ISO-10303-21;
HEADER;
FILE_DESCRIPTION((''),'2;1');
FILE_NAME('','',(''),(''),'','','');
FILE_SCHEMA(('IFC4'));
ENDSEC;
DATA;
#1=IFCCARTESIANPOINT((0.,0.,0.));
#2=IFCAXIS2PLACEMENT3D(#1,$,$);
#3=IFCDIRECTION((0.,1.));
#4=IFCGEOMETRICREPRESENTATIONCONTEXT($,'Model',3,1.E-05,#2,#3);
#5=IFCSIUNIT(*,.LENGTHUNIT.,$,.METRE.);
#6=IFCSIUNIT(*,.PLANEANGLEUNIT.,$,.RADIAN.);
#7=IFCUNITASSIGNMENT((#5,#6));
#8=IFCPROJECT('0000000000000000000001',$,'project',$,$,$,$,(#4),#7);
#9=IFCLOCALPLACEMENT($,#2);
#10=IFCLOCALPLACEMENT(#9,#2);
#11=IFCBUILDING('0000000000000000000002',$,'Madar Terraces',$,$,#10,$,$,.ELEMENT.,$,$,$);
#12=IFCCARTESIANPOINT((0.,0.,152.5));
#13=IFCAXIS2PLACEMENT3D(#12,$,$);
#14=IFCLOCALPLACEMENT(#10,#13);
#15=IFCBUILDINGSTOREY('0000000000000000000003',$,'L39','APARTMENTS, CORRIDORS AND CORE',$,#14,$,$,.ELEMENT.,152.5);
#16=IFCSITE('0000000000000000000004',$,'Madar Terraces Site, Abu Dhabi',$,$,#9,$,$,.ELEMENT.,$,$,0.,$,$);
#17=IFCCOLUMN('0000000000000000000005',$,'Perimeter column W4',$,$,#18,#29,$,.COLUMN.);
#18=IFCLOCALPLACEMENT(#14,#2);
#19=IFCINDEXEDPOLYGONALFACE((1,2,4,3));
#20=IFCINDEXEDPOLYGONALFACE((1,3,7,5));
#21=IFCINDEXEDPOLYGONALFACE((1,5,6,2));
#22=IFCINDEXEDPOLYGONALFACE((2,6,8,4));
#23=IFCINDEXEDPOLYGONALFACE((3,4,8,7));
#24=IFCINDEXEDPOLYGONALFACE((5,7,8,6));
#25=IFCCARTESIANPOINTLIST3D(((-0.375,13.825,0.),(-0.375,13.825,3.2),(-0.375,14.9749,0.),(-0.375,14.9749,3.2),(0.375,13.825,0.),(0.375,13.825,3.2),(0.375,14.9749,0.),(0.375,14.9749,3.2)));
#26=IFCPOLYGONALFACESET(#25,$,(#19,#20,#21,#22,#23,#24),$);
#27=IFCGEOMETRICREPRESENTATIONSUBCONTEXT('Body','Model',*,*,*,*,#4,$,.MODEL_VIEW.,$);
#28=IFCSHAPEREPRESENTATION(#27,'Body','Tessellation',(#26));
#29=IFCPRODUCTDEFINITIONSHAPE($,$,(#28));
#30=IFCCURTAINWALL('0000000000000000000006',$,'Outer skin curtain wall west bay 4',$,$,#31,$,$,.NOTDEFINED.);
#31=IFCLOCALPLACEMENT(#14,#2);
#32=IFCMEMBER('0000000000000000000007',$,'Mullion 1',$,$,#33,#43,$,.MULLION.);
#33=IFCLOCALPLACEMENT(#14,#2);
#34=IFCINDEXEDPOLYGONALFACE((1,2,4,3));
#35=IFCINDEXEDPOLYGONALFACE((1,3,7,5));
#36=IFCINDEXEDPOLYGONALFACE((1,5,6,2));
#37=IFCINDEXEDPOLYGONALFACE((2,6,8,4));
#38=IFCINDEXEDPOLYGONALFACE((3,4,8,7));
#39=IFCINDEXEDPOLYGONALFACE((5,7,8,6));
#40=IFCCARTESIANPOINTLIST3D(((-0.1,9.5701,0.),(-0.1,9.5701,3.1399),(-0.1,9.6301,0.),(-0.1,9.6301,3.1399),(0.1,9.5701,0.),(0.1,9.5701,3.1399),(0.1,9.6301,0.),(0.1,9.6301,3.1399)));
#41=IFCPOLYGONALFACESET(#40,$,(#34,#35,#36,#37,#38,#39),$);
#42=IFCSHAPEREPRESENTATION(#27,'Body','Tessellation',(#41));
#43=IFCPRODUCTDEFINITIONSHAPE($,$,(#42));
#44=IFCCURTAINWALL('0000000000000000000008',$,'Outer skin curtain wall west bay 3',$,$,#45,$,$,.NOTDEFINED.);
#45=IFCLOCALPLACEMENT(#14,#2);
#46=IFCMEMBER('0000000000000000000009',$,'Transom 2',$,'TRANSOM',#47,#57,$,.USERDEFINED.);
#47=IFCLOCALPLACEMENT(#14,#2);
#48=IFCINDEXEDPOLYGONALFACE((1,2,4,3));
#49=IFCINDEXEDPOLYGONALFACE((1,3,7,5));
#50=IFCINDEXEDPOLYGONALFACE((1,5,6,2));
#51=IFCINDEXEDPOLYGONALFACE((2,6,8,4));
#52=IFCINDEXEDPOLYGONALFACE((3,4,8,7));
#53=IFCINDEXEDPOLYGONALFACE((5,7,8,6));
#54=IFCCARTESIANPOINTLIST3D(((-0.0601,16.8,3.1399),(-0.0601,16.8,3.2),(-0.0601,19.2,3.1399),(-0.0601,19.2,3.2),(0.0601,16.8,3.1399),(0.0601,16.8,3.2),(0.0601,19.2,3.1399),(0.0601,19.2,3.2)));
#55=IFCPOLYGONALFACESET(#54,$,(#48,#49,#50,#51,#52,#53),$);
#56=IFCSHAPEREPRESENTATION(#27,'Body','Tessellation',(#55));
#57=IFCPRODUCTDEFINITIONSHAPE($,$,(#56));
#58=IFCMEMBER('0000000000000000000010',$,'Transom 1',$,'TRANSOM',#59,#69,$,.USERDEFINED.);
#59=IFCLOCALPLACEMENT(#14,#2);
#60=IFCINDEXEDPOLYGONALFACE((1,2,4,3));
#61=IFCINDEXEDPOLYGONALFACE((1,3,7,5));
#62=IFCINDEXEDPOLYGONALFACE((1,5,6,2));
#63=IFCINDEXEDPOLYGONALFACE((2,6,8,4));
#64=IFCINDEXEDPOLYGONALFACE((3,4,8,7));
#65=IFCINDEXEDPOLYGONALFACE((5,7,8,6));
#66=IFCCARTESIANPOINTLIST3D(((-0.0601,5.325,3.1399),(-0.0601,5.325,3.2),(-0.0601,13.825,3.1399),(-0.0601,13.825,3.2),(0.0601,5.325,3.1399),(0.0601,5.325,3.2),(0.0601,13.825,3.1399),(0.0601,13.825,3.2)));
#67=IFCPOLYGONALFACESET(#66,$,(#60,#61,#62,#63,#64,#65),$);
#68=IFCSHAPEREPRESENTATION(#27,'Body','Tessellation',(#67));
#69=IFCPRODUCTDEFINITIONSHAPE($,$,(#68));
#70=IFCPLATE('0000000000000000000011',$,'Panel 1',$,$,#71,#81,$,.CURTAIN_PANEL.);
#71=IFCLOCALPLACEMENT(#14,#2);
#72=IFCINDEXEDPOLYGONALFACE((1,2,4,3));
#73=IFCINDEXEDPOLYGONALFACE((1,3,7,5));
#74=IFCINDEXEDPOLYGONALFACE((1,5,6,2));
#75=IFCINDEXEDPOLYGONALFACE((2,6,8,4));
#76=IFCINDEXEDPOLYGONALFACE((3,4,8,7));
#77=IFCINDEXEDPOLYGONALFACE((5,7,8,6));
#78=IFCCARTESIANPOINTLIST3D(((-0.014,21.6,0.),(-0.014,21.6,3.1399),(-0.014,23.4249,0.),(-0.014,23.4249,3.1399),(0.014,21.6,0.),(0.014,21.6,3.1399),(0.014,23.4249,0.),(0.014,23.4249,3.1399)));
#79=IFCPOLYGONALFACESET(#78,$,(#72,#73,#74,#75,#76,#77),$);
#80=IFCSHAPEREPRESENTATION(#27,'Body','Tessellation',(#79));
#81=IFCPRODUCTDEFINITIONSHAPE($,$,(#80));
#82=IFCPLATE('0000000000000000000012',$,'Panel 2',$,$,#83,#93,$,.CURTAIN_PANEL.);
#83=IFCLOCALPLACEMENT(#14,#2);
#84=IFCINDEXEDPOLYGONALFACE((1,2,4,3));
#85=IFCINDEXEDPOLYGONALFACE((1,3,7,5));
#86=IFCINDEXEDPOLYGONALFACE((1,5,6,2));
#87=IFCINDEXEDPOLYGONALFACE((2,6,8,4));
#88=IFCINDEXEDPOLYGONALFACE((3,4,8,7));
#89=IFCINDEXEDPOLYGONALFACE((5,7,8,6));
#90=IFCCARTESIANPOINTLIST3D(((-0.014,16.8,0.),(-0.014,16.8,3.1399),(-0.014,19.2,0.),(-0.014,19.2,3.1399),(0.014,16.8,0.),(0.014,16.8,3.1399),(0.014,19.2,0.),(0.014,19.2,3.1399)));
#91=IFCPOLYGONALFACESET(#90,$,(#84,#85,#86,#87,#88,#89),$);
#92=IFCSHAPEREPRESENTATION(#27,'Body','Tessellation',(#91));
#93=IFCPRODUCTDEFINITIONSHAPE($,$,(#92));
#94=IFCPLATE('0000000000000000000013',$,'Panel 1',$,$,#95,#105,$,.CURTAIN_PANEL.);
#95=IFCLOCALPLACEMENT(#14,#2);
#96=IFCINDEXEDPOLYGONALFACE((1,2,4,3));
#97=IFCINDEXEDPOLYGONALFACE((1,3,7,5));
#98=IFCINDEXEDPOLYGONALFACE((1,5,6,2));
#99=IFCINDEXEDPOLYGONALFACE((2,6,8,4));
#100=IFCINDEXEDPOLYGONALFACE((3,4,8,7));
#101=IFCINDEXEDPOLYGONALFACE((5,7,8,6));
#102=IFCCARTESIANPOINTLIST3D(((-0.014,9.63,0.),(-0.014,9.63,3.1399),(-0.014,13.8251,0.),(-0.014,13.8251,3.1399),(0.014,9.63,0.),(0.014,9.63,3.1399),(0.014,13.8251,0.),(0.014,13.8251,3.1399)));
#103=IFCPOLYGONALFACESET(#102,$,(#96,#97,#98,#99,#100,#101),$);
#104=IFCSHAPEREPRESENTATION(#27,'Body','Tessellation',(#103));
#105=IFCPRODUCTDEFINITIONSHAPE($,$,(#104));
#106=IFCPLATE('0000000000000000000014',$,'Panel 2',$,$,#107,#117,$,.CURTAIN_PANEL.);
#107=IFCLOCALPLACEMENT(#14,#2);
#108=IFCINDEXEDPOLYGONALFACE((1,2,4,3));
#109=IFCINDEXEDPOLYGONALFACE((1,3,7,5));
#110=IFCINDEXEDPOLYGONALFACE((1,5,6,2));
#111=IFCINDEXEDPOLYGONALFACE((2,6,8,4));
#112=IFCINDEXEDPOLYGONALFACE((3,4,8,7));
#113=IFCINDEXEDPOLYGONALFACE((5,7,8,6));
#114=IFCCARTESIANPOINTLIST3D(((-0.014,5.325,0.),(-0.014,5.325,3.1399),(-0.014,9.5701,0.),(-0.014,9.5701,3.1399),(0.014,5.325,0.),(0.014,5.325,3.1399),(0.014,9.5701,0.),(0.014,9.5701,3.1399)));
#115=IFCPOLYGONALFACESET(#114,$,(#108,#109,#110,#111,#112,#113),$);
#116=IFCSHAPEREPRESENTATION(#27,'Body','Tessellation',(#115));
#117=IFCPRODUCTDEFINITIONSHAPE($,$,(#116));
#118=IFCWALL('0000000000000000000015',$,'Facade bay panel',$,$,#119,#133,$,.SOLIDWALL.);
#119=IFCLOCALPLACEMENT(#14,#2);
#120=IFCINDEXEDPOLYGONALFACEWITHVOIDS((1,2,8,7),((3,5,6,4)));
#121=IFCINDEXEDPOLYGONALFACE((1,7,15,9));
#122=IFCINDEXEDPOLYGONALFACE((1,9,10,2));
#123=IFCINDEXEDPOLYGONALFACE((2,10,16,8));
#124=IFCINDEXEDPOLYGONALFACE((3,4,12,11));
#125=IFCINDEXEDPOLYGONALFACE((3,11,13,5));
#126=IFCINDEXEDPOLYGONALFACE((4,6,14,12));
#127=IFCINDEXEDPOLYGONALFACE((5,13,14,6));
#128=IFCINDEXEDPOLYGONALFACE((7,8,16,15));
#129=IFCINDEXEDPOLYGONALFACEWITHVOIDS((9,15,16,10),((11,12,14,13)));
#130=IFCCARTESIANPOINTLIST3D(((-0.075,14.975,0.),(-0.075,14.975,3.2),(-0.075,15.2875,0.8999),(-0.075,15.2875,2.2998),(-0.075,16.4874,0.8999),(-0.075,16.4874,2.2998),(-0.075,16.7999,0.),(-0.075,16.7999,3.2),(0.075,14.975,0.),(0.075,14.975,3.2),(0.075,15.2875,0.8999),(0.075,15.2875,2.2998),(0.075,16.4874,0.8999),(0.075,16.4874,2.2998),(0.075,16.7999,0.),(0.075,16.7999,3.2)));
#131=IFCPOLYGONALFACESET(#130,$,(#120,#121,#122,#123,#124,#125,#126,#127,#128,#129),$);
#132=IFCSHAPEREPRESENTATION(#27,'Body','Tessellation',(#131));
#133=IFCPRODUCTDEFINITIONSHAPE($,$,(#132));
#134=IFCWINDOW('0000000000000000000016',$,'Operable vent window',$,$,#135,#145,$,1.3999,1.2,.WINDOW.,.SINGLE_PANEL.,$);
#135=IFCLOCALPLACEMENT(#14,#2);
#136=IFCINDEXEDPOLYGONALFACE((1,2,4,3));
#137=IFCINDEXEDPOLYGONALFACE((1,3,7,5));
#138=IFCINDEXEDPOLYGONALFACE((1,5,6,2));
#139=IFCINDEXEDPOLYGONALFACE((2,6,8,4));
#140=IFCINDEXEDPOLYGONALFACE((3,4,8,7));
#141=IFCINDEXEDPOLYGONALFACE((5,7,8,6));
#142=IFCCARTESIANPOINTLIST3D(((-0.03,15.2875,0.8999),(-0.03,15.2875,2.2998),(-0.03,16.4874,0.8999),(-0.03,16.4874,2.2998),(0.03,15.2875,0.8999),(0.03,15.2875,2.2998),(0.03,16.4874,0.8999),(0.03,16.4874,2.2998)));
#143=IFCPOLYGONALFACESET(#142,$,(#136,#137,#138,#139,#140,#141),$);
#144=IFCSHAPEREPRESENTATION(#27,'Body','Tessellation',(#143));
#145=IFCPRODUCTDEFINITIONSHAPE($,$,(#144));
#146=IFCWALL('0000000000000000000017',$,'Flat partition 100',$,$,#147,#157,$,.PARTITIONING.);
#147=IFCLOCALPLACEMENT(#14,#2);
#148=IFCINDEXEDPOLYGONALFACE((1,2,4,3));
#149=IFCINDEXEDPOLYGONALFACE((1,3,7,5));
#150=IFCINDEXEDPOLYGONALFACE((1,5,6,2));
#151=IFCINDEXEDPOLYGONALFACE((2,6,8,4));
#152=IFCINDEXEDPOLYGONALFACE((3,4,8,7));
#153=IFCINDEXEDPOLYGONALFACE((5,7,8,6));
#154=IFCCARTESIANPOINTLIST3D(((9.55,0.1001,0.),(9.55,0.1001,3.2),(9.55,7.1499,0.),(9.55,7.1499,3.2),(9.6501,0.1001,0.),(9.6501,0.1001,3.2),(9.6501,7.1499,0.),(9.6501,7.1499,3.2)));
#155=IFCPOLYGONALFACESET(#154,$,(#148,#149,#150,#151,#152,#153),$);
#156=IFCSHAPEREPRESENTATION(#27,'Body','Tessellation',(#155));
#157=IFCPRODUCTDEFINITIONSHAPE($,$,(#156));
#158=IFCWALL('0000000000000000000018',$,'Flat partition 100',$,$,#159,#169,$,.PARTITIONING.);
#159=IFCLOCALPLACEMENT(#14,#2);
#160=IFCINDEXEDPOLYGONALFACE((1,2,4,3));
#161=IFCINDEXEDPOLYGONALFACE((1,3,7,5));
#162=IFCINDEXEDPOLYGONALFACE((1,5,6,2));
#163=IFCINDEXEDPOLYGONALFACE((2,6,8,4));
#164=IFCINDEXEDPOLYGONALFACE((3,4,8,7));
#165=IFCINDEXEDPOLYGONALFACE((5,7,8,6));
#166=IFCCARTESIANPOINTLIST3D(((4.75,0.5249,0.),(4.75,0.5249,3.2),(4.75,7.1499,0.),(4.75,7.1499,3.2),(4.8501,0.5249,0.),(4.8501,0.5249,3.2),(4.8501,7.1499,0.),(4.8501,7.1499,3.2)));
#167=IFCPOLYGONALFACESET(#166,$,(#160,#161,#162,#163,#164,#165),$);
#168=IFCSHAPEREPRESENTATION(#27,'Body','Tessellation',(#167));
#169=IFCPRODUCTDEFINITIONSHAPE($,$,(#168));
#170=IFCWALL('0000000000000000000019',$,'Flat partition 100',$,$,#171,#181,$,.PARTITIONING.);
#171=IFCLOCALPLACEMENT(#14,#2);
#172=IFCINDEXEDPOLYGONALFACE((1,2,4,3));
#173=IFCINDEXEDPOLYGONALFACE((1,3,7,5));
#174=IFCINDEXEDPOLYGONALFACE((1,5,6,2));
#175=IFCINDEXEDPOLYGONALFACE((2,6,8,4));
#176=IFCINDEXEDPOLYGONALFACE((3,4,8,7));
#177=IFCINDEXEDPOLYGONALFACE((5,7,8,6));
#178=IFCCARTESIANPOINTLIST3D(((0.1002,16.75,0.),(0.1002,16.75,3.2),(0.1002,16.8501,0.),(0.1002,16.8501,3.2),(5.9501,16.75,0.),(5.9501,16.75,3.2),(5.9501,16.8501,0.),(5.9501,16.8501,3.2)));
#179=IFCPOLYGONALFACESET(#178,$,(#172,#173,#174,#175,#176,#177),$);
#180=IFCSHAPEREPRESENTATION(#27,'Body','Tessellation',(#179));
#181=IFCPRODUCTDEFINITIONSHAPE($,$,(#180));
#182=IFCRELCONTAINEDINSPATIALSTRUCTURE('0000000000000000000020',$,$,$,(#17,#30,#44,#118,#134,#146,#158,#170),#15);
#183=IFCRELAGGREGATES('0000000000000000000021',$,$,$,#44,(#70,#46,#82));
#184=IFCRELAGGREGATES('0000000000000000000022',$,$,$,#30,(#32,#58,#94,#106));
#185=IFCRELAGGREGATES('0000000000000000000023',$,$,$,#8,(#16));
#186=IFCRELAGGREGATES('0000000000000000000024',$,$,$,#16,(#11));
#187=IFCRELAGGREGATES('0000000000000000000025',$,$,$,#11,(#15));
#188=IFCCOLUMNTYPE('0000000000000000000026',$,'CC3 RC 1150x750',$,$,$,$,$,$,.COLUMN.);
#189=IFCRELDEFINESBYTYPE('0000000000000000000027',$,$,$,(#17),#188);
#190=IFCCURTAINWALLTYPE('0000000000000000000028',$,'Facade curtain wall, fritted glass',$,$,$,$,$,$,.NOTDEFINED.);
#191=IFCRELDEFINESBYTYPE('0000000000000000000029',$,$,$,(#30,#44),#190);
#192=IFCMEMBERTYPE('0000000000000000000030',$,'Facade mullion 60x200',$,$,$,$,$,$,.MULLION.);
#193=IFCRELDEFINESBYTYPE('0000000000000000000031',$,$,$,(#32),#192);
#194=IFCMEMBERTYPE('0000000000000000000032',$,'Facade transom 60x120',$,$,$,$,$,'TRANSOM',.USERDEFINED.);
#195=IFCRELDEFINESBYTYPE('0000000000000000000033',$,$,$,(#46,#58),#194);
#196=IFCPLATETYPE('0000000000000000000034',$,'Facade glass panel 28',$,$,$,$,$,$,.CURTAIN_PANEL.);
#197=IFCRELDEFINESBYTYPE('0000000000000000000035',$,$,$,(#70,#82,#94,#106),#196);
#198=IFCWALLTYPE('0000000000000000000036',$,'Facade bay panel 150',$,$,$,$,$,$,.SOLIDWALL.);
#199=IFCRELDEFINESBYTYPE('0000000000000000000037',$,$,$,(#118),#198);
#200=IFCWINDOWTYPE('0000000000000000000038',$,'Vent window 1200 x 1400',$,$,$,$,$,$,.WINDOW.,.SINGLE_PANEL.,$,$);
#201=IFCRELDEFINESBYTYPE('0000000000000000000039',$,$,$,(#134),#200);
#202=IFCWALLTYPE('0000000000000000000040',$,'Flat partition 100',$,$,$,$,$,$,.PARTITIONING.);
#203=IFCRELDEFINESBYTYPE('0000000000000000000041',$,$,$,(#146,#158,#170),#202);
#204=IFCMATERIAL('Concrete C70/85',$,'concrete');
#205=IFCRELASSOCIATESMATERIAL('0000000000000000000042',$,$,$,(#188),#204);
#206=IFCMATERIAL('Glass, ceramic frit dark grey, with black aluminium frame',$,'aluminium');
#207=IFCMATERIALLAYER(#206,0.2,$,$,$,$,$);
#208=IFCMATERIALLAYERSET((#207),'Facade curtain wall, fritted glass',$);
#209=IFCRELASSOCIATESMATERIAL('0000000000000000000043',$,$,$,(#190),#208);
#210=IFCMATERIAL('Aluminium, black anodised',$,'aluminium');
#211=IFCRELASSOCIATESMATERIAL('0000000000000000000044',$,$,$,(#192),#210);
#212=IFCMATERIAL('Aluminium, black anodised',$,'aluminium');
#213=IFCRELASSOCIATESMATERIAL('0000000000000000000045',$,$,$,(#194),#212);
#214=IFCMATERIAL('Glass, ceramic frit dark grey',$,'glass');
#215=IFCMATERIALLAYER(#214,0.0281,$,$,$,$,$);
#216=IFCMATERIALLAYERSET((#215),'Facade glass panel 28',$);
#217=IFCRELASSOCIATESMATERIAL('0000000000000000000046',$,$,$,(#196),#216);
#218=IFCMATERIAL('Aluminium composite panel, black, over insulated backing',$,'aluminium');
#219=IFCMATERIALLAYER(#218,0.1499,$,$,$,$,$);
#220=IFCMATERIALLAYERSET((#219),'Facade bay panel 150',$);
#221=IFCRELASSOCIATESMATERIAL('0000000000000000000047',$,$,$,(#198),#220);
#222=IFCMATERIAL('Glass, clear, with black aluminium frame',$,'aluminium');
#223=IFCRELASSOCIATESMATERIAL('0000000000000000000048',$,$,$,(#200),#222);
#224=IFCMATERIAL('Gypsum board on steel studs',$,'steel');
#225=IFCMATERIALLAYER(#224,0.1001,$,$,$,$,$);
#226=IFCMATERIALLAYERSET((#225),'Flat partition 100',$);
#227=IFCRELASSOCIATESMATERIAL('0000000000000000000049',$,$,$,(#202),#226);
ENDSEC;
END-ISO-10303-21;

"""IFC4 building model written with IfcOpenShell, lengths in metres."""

from ifc_helpers import new_model, si_unit, direction, frame, frame_2d, origin, origin_2d, place, context, subcontext, project, spatial, rectangle, extrude, material, layer, layer_set, material_profile, profile_set, type_object, element, fill, aggregate, save


model = new_model("IFC4")

# Units and contexts
model_context = context("Model", 3, precision=1e-05, world=origin(), true_north=direction((0.0, 1.0)))
body_context = subcontext(model_context, "Body", "Model", "MODEL_VIEW")
ifc_project = project(units=[si_unit("LENGTHUNIT", "METRE"), si_unit("PLANEANGLEUNIT", "RADIAN")], contexts=[model_context])

# Site, building, storey
site_placement = place(None, origin())
site = spatial("IfcSite", under=ifc_project, at=site_placement, Name="Madar Terraces Site, Abu Dhabi", CompositionType="ELEMENT", RefElevation=0.0)
building_placement = place(site_placement, origin())
building = spatial("IfcBuilding", under=site, at=building_placement, Name="Madar Terraces", CompositionType="ELEMENT")
storey_placement = place(building_placement, frame((0.0, 0.0, 152.5)))
storey = spatial("IfcBuildingStorey", under=building, at=storey_placement, Name="L39", Description="APARTMENTS, CORRIDORS AND CORE", CompositionType="ELEMENT", Elevation=152.5)

# Column
ifc_material_1 = material(Name="Concrete C70/85", Category="concrete")
ifc_material_profile_1 = material_profile(ifc_material_1, rectangle(XDim=1.1499, YDim=0.75, at=origin_2d()), Name="CC3 RC 1150x750")
ifc_profile_set_1 = profile_set([ifc_material_profile_1], Name="Concrete C70/85")
column_type = type_object("IfcColumnType", Name="CC3 RC 1150x750", PredefinedType="COLUMN", material=ifc_profile_set_1)
column_placement = place(storey_placement, frame((0.0, 14.3999, 0.0), z_axis=(0.0, 0.0, 1.0), x_axis=(0.0, 1.0, 0.0)))
element("IfcColumn", 1, at=column_placement, inside=storey, type_object=column_type, Name="Perimeter column W4", PredefinedType="COLUMN", context=body_context, shape_type="SweptSolid", body=[
    extrude(rectangle(XDim=1.1499, YDim=0.75, at=origin_2d()), origin(), (0.0, 0.0, 1.0), 3.2),
])

# Curtain walls, members
ifc_material_2 = material(Name="Glass, ceramic frit dark grey, with black aluminium frame", Category="aluminium")
ifc_layer_1 = layer(ifc_material_2, 0.2)
ifc_layer_set_1 = layer_set([ifc_layer_1], Name="Facade curtain wall, fritted glass")
curtain_wall_type = type_object("IfcCurtainWallType", Name="Facade curtain wall, fritted glass", PredefinedType="NOTDEFINED", material=ifc_layer_set_1)
curtain_wall_1_placement = place(storey_placement, origin())
curtain_wall_1 = element("IfcCurtainWall", 2, at=curtain_wall_1_placement, inside=storey, type_object=curtain_wall_type, Name="Outer skin curtain wall west bay 4", PredefinedType="NOTDEFINED")
ifc_material_3 = material(Name="Aluminium, black anodised", Category="aluminium")
ifc_material_profile_2 = material_profile(ifc_material_3, rectangle(XDim=0.2, YDim=0.0601, at=origin_2d()), Name="Facade mullion 60x200")
ifc_profile_set_2 = profile_set([ifc_material_profile_2], Name="Aluminium, black anodised")
member_type_1 = type_object("IfcMemberType", Name="Facade mullion 60x200", PredefinedType="MULLION", material=ifc_profile_set_2)
member_1_placement = place(storey_placement, frame((0.0, 9.6001, 0.0), z_axis=(0.0, 0.0, 1.0), x_axis=(1.0, 0.0, 0.0)))
member_1 = element("IfcMember", 3, at=member_1_placement, type_object=member_type_1, Name="Mullion 1", PredefinedType="MULLION", context=body_context, shape_type="SweptSolid", body=[
    extrude(rectangle(XDim=0.2, YDim=0.0601, at=origin_2d()), origin(), (0.0, 0.0, 1.0), 3.1399),
])
curtain_wall_2_placement = place(storey_placement, origin())
curtain_wall_2 = element("IfcCurtainWall", 4, at=curtain_wall_2_placement, inside=storey, type_object=curtain_wall_type, Name="Outer skin curtain wall west bay 3", PredefinedType="NOTDEFINED")
ifc_material_4 = material(Name="Aluminium, black anodised", Category="aluminium")
ifc_material_profile_3 = material_profile(ifc_material_4, rectangle(XDim=0.1201, YDim=0.0601, at=origin_2d()), Name="Facade transom 60x120")
ifc_profile_set_3 = profile_set([ifc_material_profile_3], Name="Aluminium, black anodised")
member_type_2 = type_object("IfcMemberType", Name="Facade transom 60x120", ElementType="TRANSOM", PredefinedType="USERDEFINED", material=ifc_profile_set_3)
member_2_placement = place(storey_placement, frame((0.0, 19.2, 3.1699), z_axis=(0.0, -1.0, 0.0), x_axis=(1.0, 0.0, 0.0)))
member_2 = element("IfcMember", 5, at=member_2_placement, type_object=member_type_2, Name="Transom 2", ObjectType="TRANSOM", PredefinedType="USERDEFINED", context=body_context, shape_type="SweptSolid", body=[
    extrude(rectangle(XDim=0.1201, YDim=0.0601, at=origin_2d()), origin(), (0.0, 0.0, 1.0), 2.3999),
])

# Member
member_3_placement = place(storey_placement, frame((0.0, 13.825, 3.1699), z_axis=(0.0, -1.0, 0.0), x_axis=(1.0, 0.0, 0.0)))
member_3 = element("IfcMember", 6, at=member_3_placement, type_object=member_type_2, Name="Transom 1", ObjectType="TRANSOM", PredefinedType="USERDEFINED", context=body_context, shape_type="SweptSolid", body=[
    extrude(rectangle(XDim=0.1201, YDim=0.0601, at=origin_2d()), origin(), (0.0, 0.0, 1.0), 8.5),
])

# Plates
ifc_material_5 = material(Name="Glass, ceramic frit dark grey", Category="glass")
ifc_layer_2 = layer(ifc_material_5, 0.0281)
ifc_layer_set_2 = layer_set([ifc_layer_2], Name="Facade glass panel 28")
plate_type = type_object("IfcPlateType", Name="Facade glass panel 28", PredefinedType="CURTAIN_PANEL", material=ifc_layer_set_2)
plate_1_placement = place(storey_placement, frame((0.0, 22.5125, 0.0), z_axis=(0.0, 0.0, 1.0), x_axis=(0.0, -1.0, 0.0)))
plate_1 = element("IfcPlate", 7, at=plate_1_placement, type_object=plate_type, Name="Panel 1", PredefinedType="CURTAIN_PANEL", context=body_context, shape_type="SweptSolid", body=[
    extrude(rectangle(XDim=1.825, YDim=0.0281, at=origin_2d()), origin(), (0.0, 0.0, 1.0), 3.1399),
])
plate_2_placement = place(storey_placement, frame((0.0, 18.0, 0.0), z_axis=(0.0, 0.0, 1.0), x_axis=(0.0, -1.0, 0.0)))
plate_2 = element("IfcPlate", 8, at=plate_2_placement, type_object=plate_type, Name="Panel 2", PredefinedType="CURTAIN_PANEL", context=body_context, shape_type="SweptSolid", body=[
    extrude(rectangle(XDim=2.3999, YDim=0.0281, at=origin_2d()), origin(), (0.0, 0.0, 1.0), 3.1399),
])
aggregate(curtain_wall_2, [plate_1, member_2, plate_2])
plate_3_placement = place(storey_placement, frame((0.0, 11.7275, 0.0), z_axis=(0.0, 0.0, 1.0), x_axis=(0.0, -1.0, 0.0)))
plate_3 = element("IfcPlate", 9, at=plate_3_placement, type_object=plate_type, Name="Panel 1", PredefinedType="CURTAIN_PANEL", context=body_context, shape_type="SweptSolid", body=[
    extrude(rectangle(XDim=4.1951, YDim=0.0281, at=origin_2d()), origin(), (0.0, 0.0, 1.0), 3.1399),
])
plate_4_placement = place(storey_placement, frame((0.0, 7.4475, 0.0), z_axis=(0.0, 0.0, 1.0), x_axis=(0.0, -1.0, 0.0)))
plate_4 = element("IfcPlate", 10, at=plate_4_placement, type_object=plate_type, Name="Panel 2", PredefinedType="CURTAIN_PANEL", context=body_context, shape_type="SweptSolid", body=[
    extrude(rectangle(XDim=4.2451, YDim=0.0281, at=origin_2d()), origin(), (0.0, 0.0, 1.0), 3.1399),
])
aggregate(curtain_wall_1, [member_1, member_3, plate_3, plate_4])

# Shared definitions
ifc_material_6 = material(Name="Aluminium composite panel, black, over insulated backing", Category="aluminium")
ifc_layer_3 = layer(ifc_material_6, 0.1499)
ifc_layer_set_3 = layer_set([ifc_layer_3], Name="Facade bay panel 150")
wall_type_1 = type_object("IfcWallType", Name="Facade bay panel 150", PredefinedType="SOLIDWALL", material=ifc_layer_set_3)

# Wall, opening, window
wall_1_placement = place(storey_placement, frame((0.0, 16.8, 0.0), z_axis=(0.0, 0.0, 1.0), x_axis=(0.0, -1.0, 0.0)))
wall_1 = element("IfcWall", 11, at=wall_1_placement, inside=storey, type_object=wall_type_1, Name="Facade bay panel", PredefinedType="SOLIDWALL", context=body_context, shape_type="SweptSolid", body=[
    extrude(rectangle(XDim=1.825, YDim=0.1499, at=frame_2d((0.9126, 0.0))), origin(), (0.0, 0.0, 1.0), 3.2),
])
opening_1_placement = place(wall_1_placement, frame((0.3125, 0.0, 0.8999)))
opening_1 = element("IfcOpeningElement", 12, at=opening_1_placement, cuts=wall_1, PredefinedType="OPENING", context=body_context, shape_type="SweptSolid", body=[
    extrude(rectangle(XDim=1.2, YDim=1.3999, at=frame_2d((0.6001, 0.7))), frame((0.0, 0.085, 0.0), z_axis=(0.0, -1.0, 0.0), x_axis=(1.0, 0.0, 0.0)), (0.0, 0.0, 1.0), 0.1699),
])
ifc_material_7 = material(Name="Glass, clear, with black aluminium frame", Category="aluminium")
window_type = type_object("IfcWindowType", Name="Vent window 1200 x 1400", PartitioningType="SINGLE_PANEL", PredefinedType="WINDOW", material=ifc_material_7)
window_placement = place(opening_1_placement, origin())
window = element("IfcWindow", 13, at=window_placement, inside=storey, type_object=window_type, Name="Operable vent window", OverallHeight=1.3999, OverallWidth=1.2, PartitioningType="SINGLE_PANEL", PredefinedType="WINDOW", context=body_context, shape_type="SweptSolid", body=[
    extrude(rectangle(XDim=1.2, YDim=1.3999, at=frame_2d((0.6001, 0.7))), frame((0.0, 0.03, 0.0), z_axis=(0.0, -1.0, 0.0), x_axis=(1.0, 0.0, 0.0)), (0.0, 0.0, 1.0), 0.0601),
])
fill(opening_1, window)

# Walls
ifc_material_8 = material(Name="Gypsum board on steel studs", Category="steel")
ifc_layer_4 = layer(ifc_material_8, 0.1001)
ifc_layer_set_4 = layer_set([ifc_layer_4], Name="Flat partition 100")
wall_type_2 = type_object("IfcWallType", Name="Flat partition 100", PredefinedType="PARTITIONING", material=ifc_layer_set_4)
wall_2_placement = place(storey_placement, frame((9.6001, 7.1499, 0.0), z_axis=(0.0, 0.0, 1.0), x_axis=(0.0, -1.0, 0.0)))
element("IfcWall", 14, at=wall_2_placement, inside=storey, type_object=wall_type_2, Name="Flat partition 100", PredefinedType="PARTITIONING", context=body_context, shape_type="SweptSolid", body=[
    extrude(rectangle(XDim=7.0498, YDim=0.1001, at=frame_2d((3.5249, 0.0))), origin(), (0.0, 0.0, 1.0), 3.2),
])
wall_3_placement = place(storey_placement, frame((4.8, 7.1499, 0.0), z_axis=(0.0, 0.0, 1.0), x_axis=(0.0, -1.0, 0.0)))
element("IfcWall", 15, at=wall_3_placement, inside=storey, type_object=wall_type_2, Name="Flat partition 100", PredefinedType="PARTITIONING", context=body_context, shape_type="SweptSolid", body=[
    extrude(rectangle(XDim=6.625, YDim=0.1001, at=frame_2d((3.3125, 0.0))), origin(), (0.0, 0.0, 1.0), 3.2),
])
wall_4_placement = place(storey_placement, frame((5.95, 16.8, 0.0), z_axis=(0.0, 0.0, 1.0), x_axis=(-1.0, 0.0, 0.0)))
element("IfcWall", 16, at=wall_4_placement, inside=storey, type_object=wall_type_2, Name="Flat partition 100", PredefinedType="PARTITIONING", context=body_context, shape_type="SweptSolid", body=[
    extrude(rectangle(XDim=5.8499, YDim=0.1001, at=frame_2d((2.9248, 0.0))), origin(), (0.0, 0.0, 1.0), 3.2),
])

save(model, "model.ifc")
